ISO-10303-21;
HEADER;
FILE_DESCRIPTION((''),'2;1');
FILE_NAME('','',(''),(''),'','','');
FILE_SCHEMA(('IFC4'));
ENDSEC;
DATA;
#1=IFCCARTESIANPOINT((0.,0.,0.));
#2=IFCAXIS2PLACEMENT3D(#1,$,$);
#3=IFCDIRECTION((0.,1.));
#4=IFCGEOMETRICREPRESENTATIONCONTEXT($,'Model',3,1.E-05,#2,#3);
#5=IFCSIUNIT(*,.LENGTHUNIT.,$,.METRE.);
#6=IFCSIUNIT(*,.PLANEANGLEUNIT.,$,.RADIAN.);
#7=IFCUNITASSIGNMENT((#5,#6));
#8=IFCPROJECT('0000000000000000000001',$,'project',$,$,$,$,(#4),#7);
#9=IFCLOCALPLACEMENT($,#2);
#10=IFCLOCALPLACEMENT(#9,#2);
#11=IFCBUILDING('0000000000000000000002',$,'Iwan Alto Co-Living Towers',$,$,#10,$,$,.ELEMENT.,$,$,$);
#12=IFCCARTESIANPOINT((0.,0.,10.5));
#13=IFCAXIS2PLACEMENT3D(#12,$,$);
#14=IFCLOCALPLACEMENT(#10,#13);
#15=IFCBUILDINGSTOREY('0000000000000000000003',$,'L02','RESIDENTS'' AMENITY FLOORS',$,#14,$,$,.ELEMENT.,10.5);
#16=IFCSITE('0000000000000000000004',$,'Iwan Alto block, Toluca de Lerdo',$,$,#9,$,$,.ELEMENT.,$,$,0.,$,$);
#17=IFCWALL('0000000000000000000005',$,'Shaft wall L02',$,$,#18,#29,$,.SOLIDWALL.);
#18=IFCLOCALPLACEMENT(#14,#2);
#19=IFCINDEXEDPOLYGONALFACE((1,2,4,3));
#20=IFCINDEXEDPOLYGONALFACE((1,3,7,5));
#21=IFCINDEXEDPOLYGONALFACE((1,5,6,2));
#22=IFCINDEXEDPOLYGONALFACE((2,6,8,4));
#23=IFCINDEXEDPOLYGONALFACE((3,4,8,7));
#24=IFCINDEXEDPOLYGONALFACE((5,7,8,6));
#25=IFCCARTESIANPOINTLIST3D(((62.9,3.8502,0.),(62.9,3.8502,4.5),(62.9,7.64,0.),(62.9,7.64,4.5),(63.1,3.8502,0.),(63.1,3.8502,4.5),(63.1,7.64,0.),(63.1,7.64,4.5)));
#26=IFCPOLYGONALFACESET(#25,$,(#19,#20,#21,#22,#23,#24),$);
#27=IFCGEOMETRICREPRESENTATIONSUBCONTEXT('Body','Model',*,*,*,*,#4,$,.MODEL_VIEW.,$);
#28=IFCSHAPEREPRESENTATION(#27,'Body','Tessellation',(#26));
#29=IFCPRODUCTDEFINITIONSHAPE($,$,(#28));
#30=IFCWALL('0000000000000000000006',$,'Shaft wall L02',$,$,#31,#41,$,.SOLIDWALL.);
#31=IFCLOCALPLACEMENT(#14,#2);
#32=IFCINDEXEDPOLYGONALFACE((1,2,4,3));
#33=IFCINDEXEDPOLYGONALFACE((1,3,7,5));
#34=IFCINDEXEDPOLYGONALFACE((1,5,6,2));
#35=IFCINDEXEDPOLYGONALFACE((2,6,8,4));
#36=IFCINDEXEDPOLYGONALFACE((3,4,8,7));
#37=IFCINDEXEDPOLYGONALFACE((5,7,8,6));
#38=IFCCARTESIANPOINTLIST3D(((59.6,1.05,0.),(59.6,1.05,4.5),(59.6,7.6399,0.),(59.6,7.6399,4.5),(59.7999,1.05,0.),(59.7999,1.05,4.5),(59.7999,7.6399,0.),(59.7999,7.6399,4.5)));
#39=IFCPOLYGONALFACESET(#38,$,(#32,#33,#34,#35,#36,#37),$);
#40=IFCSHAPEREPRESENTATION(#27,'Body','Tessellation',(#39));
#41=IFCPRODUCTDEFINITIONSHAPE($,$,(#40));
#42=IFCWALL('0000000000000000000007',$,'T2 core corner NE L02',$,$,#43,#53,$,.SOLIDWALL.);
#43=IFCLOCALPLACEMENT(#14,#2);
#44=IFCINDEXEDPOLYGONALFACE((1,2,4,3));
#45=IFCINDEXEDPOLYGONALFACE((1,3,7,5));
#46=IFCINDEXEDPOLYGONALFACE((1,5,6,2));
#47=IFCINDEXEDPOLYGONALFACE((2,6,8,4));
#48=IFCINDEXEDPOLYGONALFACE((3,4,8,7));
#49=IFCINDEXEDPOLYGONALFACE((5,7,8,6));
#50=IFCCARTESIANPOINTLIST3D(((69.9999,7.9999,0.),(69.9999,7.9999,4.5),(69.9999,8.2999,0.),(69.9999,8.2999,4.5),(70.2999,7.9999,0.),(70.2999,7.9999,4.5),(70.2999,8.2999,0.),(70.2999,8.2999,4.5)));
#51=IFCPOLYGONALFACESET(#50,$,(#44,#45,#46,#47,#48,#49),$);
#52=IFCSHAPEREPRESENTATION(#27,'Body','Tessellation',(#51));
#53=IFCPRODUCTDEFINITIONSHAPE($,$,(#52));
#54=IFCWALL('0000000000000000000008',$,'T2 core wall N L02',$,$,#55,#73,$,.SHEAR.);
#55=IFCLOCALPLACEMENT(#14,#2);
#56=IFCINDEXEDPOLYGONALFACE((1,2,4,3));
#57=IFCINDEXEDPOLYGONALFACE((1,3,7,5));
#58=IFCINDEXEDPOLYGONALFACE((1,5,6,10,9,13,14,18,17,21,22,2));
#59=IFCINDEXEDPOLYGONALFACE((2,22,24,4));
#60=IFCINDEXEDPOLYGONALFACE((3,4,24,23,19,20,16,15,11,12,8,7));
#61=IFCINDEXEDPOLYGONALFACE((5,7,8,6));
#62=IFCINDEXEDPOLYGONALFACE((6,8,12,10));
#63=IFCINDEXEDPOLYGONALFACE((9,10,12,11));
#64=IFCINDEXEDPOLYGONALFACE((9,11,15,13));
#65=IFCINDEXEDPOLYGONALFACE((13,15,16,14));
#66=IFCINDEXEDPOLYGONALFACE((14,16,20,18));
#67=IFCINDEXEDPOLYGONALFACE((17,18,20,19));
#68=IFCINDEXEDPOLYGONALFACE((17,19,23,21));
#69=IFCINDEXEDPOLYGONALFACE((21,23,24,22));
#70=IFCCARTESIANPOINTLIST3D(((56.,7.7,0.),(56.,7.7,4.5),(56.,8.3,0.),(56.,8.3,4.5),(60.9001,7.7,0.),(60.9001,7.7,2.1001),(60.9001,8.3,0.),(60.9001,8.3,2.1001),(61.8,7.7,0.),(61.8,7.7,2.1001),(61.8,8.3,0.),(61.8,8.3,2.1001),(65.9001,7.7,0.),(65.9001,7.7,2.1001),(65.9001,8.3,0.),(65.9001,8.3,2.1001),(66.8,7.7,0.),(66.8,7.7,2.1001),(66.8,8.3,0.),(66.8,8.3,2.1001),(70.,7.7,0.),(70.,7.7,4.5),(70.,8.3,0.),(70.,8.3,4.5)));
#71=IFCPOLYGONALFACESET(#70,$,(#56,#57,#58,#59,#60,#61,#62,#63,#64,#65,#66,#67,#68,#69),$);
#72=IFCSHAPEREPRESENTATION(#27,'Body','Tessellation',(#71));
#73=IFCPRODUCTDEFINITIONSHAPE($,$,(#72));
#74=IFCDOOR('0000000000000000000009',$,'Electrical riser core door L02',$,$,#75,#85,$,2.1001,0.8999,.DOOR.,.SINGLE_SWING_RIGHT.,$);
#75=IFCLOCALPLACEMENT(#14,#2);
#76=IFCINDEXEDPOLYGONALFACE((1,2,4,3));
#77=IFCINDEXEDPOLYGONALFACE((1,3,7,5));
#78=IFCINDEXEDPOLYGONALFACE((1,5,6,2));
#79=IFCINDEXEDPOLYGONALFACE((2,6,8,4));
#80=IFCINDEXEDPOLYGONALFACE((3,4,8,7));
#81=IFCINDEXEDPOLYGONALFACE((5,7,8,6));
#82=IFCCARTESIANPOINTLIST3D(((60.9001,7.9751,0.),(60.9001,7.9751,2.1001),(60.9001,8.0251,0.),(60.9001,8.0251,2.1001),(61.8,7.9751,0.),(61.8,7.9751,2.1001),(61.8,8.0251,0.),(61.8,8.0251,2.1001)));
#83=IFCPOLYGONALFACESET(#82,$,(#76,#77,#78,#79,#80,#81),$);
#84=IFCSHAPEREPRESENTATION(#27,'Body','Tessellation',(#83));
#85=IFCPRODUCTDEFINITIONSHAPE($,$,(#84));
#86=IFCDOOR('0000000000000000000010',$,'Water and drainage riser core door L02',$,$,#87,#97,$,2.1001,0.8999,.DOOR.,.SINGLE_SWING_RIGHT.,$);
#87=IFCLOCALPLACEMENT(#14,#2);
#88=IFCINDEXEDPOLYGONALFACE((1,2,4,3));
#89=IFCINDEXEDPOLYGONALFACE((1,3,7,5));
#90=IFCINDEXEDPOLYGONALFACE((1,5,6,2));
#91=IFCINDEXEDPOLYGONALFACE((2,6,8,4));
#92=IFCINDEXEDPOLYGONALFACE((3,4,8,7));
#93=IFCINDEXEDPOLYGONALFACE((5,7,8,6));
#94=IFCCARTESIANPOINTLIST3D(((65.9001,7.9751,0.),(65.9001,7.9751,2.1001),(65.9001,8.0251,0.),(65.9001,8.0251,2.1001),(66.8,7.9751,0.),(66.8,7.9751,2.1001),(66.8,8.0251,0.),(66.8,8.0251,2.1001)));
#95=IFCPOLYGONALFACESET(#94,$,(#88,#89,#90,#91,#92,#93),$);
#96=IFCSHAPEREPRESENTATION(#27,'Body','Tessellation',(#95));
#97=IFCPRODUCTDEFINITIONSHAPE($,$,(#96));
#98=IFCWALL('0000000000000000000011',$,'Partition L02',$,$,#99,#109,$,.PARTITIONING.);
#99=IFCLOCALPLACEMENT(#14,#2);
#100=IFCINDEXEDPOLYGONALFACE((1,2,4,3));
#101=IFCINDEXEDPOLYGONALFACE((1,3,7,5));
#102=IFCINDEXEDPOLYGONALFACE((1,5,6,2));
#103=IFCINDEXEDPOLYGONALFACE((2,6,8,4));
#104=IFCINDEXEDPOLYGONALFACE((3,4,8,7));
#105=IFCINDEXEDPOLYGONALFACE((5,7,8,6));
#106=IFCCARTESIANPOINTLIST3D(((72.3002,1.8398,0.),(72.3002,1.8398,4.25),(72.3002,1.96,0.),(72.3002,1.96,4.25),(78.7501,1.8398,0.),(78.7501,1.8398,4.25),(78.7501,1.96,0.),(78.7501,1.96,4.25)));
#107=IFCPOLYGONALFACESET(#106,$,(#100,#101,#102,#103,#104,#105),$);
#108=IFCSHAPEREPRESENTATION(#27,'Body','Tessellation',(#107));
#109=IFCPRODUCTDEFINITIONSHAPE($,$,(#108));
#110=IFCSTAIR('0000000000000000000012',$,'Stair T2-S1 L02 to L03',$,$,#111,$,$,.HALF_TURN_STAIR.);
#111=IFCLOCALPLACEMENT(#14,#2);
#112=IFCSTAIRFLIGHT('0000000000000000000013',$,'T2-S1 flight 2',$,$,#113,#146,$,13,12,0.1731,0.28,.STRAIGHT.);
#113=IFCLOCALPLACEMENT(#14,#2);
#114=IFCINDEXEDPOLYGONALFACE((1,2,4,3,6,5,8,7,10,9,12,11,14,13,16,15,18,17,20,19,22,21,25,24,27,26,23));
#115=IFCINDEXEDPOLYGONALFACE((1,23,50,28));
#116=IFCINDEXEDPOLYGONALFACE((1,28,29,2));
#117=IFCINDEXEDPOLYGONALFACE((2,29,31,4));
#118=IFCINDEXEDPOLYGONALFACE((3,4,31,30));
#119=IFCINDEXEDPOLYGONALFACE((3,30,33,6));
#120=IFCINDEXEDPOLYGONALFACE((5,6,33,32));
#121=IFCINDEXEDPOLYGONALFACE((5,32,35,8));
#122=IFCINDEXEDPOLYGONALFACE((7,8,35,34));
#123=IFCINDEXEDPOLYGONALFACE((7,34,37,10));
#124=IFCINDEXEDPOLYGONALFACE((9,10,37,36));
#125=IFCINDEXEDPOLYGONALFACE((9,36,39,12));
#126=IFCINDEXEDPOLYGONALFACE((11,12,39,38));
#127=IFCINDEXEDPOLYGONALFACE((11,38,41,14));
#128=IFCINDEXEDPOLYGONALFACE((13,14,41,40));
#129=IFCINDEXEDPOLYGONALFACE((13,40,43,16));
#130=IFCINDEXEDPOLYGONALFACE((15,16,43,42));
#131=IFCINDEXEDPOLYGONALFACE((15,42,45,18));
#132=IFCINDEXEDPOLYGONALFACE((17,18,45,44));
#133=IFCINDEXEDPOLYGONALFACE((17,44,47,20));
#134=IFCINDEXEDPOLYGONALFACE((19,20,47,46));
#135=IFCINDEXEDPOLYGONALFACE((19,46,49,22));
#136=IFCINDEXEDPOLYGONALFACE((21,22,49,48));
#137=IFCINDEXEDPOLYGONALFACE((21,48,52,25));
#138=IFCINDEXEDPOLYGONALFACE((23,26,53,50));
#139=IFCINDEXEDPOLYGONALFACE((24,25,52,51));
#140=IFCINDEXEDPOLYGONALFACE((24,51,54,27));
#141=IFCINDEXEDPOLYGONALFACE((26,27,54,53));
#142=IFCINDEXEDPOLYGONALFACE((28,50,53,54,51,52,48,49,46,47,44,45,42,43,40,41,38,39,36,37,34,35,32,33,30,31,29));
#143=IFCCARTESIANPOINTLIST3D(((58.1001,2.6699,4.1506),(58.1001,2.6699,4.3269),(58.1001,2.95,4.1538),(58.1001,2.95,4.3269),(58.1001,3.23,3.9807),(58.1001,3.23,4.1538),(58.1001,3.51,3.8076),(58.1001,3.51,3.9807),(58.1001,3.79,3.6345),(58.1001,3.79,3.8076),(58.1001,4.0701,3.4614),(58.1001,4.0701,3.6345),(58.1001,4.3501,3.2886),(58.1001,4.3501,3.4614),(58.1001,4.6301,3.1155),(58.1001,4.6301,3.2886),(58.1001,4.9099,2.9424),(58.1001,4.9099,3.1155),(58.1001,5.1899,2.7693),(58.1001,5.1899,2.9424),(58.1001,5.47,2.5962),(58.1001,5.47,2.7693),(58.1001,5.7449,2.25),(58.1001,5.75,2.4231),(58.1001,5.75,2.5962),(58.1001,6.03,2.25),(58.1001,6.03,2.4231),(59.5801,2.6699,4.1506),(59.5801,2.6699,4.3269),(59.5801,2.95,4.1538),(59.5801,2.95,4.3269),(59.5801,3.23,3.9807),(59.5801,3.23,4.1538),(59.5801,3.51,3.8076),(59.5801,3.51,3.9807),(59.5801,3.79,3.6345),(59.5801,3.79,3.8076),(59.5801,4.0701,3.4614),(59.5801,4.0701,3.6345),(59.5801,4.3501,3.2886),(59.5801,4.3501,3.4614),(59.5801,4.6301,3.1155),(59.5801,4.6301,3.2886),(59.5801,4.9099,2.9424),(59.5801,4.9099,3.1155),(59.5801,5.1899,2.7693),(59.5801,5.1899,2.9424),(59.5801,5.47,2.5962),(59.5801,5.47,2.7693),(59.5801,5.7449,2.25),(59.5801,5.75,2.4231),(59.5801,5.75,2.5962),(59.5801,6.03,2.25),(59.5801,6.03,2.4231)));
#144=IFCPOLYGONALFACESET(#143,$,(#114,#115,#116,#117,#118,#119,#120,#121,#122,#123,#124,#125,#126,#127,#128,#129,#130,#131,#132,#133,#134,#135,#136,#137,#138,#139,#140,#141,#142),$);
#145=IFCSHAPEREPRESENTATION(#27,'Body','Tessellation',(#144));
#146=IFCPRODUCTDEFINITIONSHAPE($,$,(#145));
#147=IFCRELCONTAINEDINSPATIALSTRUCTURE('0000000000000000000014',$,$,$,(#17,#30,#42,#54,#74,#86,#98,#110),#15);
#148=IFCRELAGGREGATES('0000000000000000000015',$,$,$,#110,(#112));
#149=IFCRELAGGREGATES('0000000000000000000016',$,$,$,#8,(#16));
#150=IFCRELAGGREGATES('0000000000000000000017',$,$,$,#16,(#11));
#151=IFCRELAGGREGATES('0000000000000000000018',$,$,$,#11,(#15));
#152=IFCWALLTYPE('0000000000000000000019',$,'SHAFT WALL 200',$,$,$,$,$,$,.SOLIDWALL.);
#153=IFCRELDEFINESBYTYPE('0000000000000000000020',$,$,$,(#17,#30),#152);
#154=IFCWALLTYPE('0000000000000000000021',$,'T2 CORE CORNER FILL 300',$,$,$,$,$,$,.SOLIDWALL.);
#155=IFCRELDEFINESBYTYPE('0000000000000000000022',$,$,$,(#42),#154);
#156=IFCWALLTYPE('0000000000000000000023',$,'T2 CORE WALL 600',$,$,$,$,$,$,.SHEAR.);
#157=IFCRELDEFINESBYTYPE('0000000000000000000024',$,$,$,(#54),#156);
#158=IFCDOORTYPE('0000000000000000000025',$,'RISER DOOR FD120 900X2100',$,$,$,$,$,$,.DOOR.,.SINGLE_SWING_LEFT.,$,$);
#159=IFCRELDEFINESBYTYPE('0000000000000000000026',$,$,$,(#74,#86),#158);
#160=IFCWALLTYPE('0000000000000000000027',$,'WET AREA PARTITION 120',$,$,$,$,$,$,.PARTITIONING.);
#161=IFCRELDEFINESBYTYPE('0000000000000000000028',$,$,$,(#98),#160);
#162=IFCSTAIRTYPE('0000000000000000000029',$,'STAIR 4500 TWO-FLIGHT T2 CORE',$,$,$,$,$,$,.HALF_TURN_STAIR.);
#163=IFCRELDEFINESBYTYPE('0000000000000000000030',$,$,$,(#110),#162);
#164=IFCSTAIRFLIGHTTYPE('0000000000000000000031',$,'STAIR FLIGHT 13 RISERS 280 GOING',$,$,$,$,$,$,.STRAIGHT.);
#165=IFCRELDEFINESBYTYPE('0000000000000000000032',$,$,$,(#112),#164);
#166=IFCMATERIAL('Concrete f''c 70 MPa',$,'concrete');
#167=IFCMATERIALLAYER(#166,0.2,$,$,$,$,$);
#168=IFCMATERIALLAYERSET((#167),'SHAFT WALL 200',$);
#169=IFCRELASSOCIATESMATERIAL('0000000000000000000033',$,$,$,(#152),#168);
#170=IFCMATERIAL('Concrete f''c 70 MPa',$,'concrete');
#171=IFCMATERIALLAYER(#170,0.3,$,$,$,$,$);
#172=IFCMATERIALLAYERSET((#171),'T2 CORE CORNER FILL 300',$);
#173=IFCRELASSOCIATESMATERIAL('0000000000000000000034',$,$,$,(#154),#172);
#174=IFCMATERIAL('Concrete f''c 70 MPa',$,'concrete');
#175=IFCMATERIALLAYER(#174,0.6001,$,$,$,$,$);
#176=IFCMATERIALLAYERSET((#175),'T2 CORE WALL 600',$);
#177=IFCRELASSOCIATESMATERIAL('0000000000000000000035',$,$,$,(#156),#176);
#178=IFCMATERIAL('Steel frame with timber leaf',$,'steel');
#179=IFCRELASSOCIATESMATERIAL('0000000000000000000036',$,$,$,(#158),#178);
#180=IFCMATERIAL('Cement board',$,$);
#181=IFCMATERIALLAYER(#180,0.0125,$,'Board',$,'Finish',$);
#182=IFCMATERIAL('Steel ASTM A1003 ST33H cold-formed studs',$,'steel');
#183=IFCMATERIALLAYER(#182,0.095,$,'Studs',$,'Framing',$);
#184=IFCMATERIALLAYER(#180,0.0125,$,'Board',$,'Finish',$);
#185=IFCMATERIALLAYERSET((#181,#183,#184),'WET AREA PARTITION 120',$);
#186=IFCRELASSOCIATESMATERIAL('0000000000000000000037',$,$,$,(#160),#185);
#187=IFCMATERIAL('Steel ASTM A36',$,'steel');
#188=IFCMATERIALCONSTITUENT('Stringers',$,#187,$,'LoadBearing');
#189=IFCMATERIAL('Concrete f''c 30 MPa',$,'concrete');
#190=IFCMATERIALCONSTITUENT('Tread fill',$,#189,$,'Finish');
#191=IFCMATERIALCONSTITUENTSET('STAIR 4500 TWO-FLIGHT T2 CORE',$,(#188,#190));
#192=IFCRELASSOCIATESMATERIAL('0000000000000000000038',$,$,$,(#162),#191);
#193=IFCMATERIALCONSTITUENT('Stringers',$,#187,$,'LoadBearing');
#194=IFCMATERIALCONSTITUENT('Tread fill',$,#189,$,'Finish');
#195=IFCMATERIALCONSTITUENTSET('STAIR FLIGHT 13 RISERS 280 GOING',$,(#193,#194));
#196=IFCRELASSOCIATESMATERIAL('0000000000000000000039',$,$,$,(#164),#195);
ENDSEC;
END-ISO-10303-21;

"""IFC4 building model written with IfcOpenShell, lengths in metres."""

from ifc_helpers import new_model, si_unit, direction, frame, frame_2d, origin, place, context, subcontext, project, spatial, polyline, rectangle, outline, extrude, material, layer, layer_set, constituent, constituent_set, type_object, element, fill, aggregate, save


model = new_model("IFC4")

# Units and contexts
model_context = context("Model", 3, precision=1e-05, world=origin(), true_north=direction((0.0, 1.0)))
body_context = subcontext(model_context, "Body", "Model", "MODEL_VIEW")
ifc_project = project(units=[si_unit("LENGTHUNIT", "METRE"), si_unit("PLANEANGLEUNIT", "RADIAN")], contexts=[model_context])

# Site, building, storey
site_placement = place(None, origin())
site = spatial("IfcSite", under=ifc_project, at=site_placement, Name="Iwan Alto block, Toluca de Lerdo", CompositionType="ELEMENT", RefElevation=0.0)
building_placement = place(site_placement, origin())
building = spatial("IfcBuilding", under=site, at=building_placement, Name="Iwan Alto Co-Living Towers", CompositionType="ELEMENT")
storey_placement = place(building_placement, frame((0.0, 0.0, 10.5)))
storey = spatial("IfcBuildingStorey", under=building, at=storey_placement, Name="L02", Description="RESIDENTS' AMENITY FLOORS", CompositionType="ELEMENT", Elevation=10.5)

# Walls
ifc_material_1 = material(Name="Concrete f'c 70 MPa", Category="concrete")
ifc_layer_1 = layer(ifc_material_1, 0.2)
ifc_layer_set_1 = layer_set([ifc_layer_1], Name="SHAFT WALL 200")
wall_type_1 = type_object("IfcWallType", Name="SHAFT WALL 200", PredefinedType="SOLIDWALL", material=ifc_layer_set_1)
wall_1_placement = place(storey_placement, frame((63.0, 3.8501, 0.0), z_axis=(0.0, 0.0, 1.0), x_axis=(0.0, 1.0, 0.0)))
element("IfcWall", 1, at=wall_1_placement, inside=storey, type_object=wall_type_1, Name="Shaft wall L02", PredefinedType="SOLIDWALL", context=body_context, shape_type="SweptSolid", body=[
    extrude(rectangle(XDim=3.7898, YDim=0.2, at=frame_2d((1.895, 0.0))), origin(), (0.0, 0.0, 1.0), 4.5),
])
wall_2_placement = place(storey_placement, frame((59.7, 1.05, 0.0), z_axis=(0.0, 0.0, 1.0), x_axis=(0.0, 1.0, 0.0)))
element("IfcWall", 2, at=wall_2_placement, inside=storey, type_object=wall_type_1, Name="Shaft wall L02", PredefinedType="SOLIDWALL", context=body_context, shape_type="SweptSolid", body=[
    extrude(rectangle(XDim=6.5898, YDim=0.2, at=frame_2d((3.2949, 0.0))), origin(), (0.0, 0.0, 1.0), 4.5),
])
ifc_material_2 = material(Name="Concrete f'c 70 MPa", Category="concrete")
ifc_layer_2 = layer(ifc_material_2, 0.3)
ifc_layer_set_2 = layer_set([ifc_layer_2], Name="T2 CORE CORNER FILL 300")
wall_type_2 = type_object("IfcWallType", Name="T2 CORE CORNER FILL 300", PredefinedType="SOLIDWALL", material=ifc_layer_set_2)
wall_3_placement = place(storey_placement, frame((70.0, 8.1499, 0.0), z_axis=(0.0, 0.0, 1.0), x_axis=(1.0, 0.0, 0.0)))
element("IfcWall", 3, at=wall_3_placement, inside=storey, type_object=wall_type_2, Name="T2 core corner NE L02", PredefinedType="SOLIDWALL", context=body_context, shape_type="SweptSolid", body=[
    extrude(rectangle(XDim=0.3, YDim=0.3, at=frame_2d((0.1499, 0.0))), origin(), (0.0, 0.0, 1.0), 4.5),
])

# Wall, openings, doors
ifc_material_3 = material(Name="Concrete f'c 70 MPa", Category="concrete")
ifc_layer_3 = layer(ifc_material_3, 0.6001)
ifc_layer_set_3 = layer_set([ifc_layer_3], Name="T2 CORE WALL 600")
wall_type_3 = type_object("IfcWallType", Name="T2 CORE WALL 600", PredefinedType="SHEAR", material=ifc_layer_set_3)
wall_4_placement = place(storey_placement, frame((70.0, 8.0, 0.0), z_axis=(0.0, 0.0, 1.0), x_axis=(-1.0, 0.0, 0.0)))
wall_4 = element("IfcWall", 4, at=wall_4_placement, inside=storey, type_object=wall_type_3, Name="T2 core wall N L02", PredefinedType="SHEAR", context=body_context, shape_type="SweptSolid", body=[
    extrude(rectangle(XDim=14.0, YDim=0.6001, at=frame_2d((7.0, 0.0))), origin(), (0.0, 0.0, 1.0), 4.5),
])
opening_1_placement = place(wall_4_placement, frame((8.2, 0.0, 0.0)))
opening_1 = element("IfcOpeningElement", 5, at=opening_1_placement, cuts=wall_4, PredefinedType="OPENING", context=body_context, shape_type="SweptSolid", body=[
    extrude(rectangle(XDim=0.8999, YDim=2.1001, at=frame_2d((0.45, 1.05))), frame((0.0, 0.3101, 0.0), z_axis=(0.0, -1.0, 0.0), x_axis=(1.0, 0.0, 0.0)), (0.0, 0.0, 1.0), 0.6201),
])
opening_2_placement = place(wall_4_placement, frame((3.2, 0.0, 0.0)))
opening_2 = element("IfcOpeningElement", 6, at=opening_2_placement, cuts=wall_4, PredefinedType="OPENING", context=body_context, shape_type="SweptSolid", body=[
    extrude(rectangle(XDim=0.8999, YDim=2.1001, at=frame_2d((0.45, 1.05))), frame((0.0, 0.3101, 0.0), z_axis=(0.0, -1.0, 0.0), x_axis=(1.0, 0.0, 0.0)), (0.0, 0.0, 1.0), 0.6201),
])
ifc_material_4 = material(Name="Steel frame with timber leaf", Category="steel")
door_type = type_object("IfcDoorType", Name="RISER DOOR FD120 900X2100", OperationType="SINGLE_SWING_LEFT", PredefinedType="DOOR", material=ifc_material_4)
door_1_placement = place(opening_1_placement, origin())
door_1 = element("IfcDoor", 7, at=door_1_placement, inside=storey, type_object=door_type, Name="Electrical riser core door L02", OperationType="SINGLE_SWING_RIGHT", OverallHeight=2.1001, OverallWidth=0.8999, PredefinedType="DOOR", context=body_context, shape_type="SweptSolid", body=[
    extrude(rectangle(XDim=0.8999, YDim=2.1001, at=frame_2d((0.45, 1.05))), frame((0.0, 0.0249, 0.0), z_axis=(0.0, -1.0, 0.0), x_axis=(1.0, 0.0, 0.0)), (0.0, 0.0, 1.0), 0.05),
])
fill(opening_1, door_1)
door_2_placement = place(opening_2_placement, origin())
door_2 = element("IfcDoor", 8, at=door_2_placement, inside=storey, type_object=door_type, Name="Water and drainage riser core door L02", OperationType="SINGLE_SWING_RIGHT", OverallHeight=2.1001, OverallWidth=0.8999, PredefinedType="DOOR", context=body_context, shape_type="SweptSolid", body=[
    extrude(rectangle(XDim=0.8999, YDim=2.1001, at=frame_2d((0.45, 1.05))), frame((0.0, 0.0249, 0.0), z_axis=(0.0, -1.0, 0.0), x_axis=(1.0, 0.0, 0.0)), (0.0, 0.0, 1.0), 0.05),
])
fill(opening_2, door_2)

# Wall
ifc_material_5 = material(Name="Cement board")
ifc_layer_4 = layer(ifc_material_5, 0.0125, Name="Board", Category="Finish")
ifc_material_6 = material(Name="Steel ASTM A1003 ST33H cold-formed studs", Category="steel")
ifc_layer_5 = layer(ifc_material_6, 0.095, Name="Studs", Category="Framing")
ifc_layer_6 = layer(ifc_material_5, 0.0125, Name="Board", Category="Finish")
ifc_layer_set_4 = layer_set([ifc_layer_4, ifc_layer_5, ifc_layer_6], Name="WET AREA PARTITION 120")
wall_type_4 = type_object("IfcWallType", Name="WET AREA PARTITION 120", PredefinedType="PARTITIONING", material=ifc_layer_set_4)
wall_5_placement = place(storey_placement, frame((72.3, 1.8999, 0.0), z_axis=(0.0, 0.0, 1.0), x_axis=(1.0, 0.0, 0.0)))
element("IfcWall", 9, at=wall_5_placement, inside=storey, type_object=wall_type_4, Name="Partition L02", PredefinedType="PARTITIONING", context=body_context, shape_type="SweptSolid", body=[
    extrude(rectangle(XDim=6.45, YDim=0.1201, at=frame_2d((3.2251, 0.0))), origin(), (0.0, 0.0, 1.0), 4.25),
])

# Stair, stair flight
ifc_material_7 = material(Name="Steel ASTM A36", Category="steel")
ifc_constituent_1 = constituent(ifc_material_7, Name="Stringers", Category="LoadBearing")
ifc_material_8 = material(Name="Concrete f'c 30 MPa", Category="concrete")
ifc_constituent_2 = constituent(ifc_material_8, Name="Tread fill", Category="Finish")
ifc_constituent_set_1 = constituent_set(constituents=[ifc_constituent_1, ifc_constituent_2], Name="STAIR 4500 TWO-FLIGHT T2 CORE")
stair_type = type_object("IfcStairType", Name="STAIR 4500 TWO-FLIGHT T2 CORE", PredefinedType="HALF_TURN_STAIR", material=ifc_constituent_set_1)
stair_placement = place(storey_placement, origin())
stair = element("IfcStair", 10, at=stair_placement, inside=storey, type_object=stair_type, Name="Stair T2-S1 L02 to L03", PredefinedType="HALF_TURN_STAIR")
ifc_constituent_3 = constituent(ifc_material_7, Name="Stringers", Category="LoadBearing")
ifc_constituent_4 = constituent(ifc_material_8, Name="Tread fill", Category="Finish")
ifc_constituent_set_2 = constituent_set(constituents=[ifc_constituent_3, ifc_constituent_4], Name="STAIR FLIGHT 13 RISERS 280 GOING")
stair_flight_type = type_object("IfcStairFlightType", Name="STAIR FLIGHT 13 RISERS 280 GOING", PredefinedType="STRAIGHT", material=ifc_constituent_set_2)
stair_flight_placement = place(storey_placement, frame((58.8401, 6.03, 2.25), z_axis=(0.0, 0.0, 1.0), x_axis=(0.0, -1.0, 0.0)))
stair_flight = element("IfcStairFlight", 11, at=stair_flight_placement, type_object=stair_flight_type, Name="T2-S1 flight 2", NumberOfRisers=13, NumberOfTreads=12, PredefinedType="STRAIGHT", RiserHeight=0.1731, TreadLength=0.28, context=body_context, shape_type="SweptSolid", body=[
    extrude(outline(polyline([(0.0, 0.0), (0.0, 0.1731), (0.28, 0.1731), (0.28, 0.3462), (0.5601, 0.3462), (0.5601, 0.5193), (0.8401, 0.5193), (0.8401, 0.6924), (1.1201, 0.6924), (1.1201, 0.8655), (1.3999, 0.8655), (1.3999, 1.0386), (1.6799, 1.0386), (1.6799, 1.2114), (1.96, 1.2114), (1.96, 1.3845), (2.24, 1.3845), (2.24, 1.5576), (2.52, 1.5576), (2.52, 1.7307), (2.8, 1.7307), (2.8, 1.9038), (3.0801, 1.9038), (3.0801, 2.0769), (3.3601, 2.0769), (3.3601, 2.25), (3.3601, 1.9006), (0.2852, 0.0), (0.0, 0.0)])), frame((0.0, 0.74, 0.0), z_axis=(0.0, -1.0, 0.0), x_axis=(1.0, 0.0, 0.0)), (0.0, 0.0, 1.0), 1.48),
])
aggregate(stair, [stair_flight])

save(model, "model.ifc")
